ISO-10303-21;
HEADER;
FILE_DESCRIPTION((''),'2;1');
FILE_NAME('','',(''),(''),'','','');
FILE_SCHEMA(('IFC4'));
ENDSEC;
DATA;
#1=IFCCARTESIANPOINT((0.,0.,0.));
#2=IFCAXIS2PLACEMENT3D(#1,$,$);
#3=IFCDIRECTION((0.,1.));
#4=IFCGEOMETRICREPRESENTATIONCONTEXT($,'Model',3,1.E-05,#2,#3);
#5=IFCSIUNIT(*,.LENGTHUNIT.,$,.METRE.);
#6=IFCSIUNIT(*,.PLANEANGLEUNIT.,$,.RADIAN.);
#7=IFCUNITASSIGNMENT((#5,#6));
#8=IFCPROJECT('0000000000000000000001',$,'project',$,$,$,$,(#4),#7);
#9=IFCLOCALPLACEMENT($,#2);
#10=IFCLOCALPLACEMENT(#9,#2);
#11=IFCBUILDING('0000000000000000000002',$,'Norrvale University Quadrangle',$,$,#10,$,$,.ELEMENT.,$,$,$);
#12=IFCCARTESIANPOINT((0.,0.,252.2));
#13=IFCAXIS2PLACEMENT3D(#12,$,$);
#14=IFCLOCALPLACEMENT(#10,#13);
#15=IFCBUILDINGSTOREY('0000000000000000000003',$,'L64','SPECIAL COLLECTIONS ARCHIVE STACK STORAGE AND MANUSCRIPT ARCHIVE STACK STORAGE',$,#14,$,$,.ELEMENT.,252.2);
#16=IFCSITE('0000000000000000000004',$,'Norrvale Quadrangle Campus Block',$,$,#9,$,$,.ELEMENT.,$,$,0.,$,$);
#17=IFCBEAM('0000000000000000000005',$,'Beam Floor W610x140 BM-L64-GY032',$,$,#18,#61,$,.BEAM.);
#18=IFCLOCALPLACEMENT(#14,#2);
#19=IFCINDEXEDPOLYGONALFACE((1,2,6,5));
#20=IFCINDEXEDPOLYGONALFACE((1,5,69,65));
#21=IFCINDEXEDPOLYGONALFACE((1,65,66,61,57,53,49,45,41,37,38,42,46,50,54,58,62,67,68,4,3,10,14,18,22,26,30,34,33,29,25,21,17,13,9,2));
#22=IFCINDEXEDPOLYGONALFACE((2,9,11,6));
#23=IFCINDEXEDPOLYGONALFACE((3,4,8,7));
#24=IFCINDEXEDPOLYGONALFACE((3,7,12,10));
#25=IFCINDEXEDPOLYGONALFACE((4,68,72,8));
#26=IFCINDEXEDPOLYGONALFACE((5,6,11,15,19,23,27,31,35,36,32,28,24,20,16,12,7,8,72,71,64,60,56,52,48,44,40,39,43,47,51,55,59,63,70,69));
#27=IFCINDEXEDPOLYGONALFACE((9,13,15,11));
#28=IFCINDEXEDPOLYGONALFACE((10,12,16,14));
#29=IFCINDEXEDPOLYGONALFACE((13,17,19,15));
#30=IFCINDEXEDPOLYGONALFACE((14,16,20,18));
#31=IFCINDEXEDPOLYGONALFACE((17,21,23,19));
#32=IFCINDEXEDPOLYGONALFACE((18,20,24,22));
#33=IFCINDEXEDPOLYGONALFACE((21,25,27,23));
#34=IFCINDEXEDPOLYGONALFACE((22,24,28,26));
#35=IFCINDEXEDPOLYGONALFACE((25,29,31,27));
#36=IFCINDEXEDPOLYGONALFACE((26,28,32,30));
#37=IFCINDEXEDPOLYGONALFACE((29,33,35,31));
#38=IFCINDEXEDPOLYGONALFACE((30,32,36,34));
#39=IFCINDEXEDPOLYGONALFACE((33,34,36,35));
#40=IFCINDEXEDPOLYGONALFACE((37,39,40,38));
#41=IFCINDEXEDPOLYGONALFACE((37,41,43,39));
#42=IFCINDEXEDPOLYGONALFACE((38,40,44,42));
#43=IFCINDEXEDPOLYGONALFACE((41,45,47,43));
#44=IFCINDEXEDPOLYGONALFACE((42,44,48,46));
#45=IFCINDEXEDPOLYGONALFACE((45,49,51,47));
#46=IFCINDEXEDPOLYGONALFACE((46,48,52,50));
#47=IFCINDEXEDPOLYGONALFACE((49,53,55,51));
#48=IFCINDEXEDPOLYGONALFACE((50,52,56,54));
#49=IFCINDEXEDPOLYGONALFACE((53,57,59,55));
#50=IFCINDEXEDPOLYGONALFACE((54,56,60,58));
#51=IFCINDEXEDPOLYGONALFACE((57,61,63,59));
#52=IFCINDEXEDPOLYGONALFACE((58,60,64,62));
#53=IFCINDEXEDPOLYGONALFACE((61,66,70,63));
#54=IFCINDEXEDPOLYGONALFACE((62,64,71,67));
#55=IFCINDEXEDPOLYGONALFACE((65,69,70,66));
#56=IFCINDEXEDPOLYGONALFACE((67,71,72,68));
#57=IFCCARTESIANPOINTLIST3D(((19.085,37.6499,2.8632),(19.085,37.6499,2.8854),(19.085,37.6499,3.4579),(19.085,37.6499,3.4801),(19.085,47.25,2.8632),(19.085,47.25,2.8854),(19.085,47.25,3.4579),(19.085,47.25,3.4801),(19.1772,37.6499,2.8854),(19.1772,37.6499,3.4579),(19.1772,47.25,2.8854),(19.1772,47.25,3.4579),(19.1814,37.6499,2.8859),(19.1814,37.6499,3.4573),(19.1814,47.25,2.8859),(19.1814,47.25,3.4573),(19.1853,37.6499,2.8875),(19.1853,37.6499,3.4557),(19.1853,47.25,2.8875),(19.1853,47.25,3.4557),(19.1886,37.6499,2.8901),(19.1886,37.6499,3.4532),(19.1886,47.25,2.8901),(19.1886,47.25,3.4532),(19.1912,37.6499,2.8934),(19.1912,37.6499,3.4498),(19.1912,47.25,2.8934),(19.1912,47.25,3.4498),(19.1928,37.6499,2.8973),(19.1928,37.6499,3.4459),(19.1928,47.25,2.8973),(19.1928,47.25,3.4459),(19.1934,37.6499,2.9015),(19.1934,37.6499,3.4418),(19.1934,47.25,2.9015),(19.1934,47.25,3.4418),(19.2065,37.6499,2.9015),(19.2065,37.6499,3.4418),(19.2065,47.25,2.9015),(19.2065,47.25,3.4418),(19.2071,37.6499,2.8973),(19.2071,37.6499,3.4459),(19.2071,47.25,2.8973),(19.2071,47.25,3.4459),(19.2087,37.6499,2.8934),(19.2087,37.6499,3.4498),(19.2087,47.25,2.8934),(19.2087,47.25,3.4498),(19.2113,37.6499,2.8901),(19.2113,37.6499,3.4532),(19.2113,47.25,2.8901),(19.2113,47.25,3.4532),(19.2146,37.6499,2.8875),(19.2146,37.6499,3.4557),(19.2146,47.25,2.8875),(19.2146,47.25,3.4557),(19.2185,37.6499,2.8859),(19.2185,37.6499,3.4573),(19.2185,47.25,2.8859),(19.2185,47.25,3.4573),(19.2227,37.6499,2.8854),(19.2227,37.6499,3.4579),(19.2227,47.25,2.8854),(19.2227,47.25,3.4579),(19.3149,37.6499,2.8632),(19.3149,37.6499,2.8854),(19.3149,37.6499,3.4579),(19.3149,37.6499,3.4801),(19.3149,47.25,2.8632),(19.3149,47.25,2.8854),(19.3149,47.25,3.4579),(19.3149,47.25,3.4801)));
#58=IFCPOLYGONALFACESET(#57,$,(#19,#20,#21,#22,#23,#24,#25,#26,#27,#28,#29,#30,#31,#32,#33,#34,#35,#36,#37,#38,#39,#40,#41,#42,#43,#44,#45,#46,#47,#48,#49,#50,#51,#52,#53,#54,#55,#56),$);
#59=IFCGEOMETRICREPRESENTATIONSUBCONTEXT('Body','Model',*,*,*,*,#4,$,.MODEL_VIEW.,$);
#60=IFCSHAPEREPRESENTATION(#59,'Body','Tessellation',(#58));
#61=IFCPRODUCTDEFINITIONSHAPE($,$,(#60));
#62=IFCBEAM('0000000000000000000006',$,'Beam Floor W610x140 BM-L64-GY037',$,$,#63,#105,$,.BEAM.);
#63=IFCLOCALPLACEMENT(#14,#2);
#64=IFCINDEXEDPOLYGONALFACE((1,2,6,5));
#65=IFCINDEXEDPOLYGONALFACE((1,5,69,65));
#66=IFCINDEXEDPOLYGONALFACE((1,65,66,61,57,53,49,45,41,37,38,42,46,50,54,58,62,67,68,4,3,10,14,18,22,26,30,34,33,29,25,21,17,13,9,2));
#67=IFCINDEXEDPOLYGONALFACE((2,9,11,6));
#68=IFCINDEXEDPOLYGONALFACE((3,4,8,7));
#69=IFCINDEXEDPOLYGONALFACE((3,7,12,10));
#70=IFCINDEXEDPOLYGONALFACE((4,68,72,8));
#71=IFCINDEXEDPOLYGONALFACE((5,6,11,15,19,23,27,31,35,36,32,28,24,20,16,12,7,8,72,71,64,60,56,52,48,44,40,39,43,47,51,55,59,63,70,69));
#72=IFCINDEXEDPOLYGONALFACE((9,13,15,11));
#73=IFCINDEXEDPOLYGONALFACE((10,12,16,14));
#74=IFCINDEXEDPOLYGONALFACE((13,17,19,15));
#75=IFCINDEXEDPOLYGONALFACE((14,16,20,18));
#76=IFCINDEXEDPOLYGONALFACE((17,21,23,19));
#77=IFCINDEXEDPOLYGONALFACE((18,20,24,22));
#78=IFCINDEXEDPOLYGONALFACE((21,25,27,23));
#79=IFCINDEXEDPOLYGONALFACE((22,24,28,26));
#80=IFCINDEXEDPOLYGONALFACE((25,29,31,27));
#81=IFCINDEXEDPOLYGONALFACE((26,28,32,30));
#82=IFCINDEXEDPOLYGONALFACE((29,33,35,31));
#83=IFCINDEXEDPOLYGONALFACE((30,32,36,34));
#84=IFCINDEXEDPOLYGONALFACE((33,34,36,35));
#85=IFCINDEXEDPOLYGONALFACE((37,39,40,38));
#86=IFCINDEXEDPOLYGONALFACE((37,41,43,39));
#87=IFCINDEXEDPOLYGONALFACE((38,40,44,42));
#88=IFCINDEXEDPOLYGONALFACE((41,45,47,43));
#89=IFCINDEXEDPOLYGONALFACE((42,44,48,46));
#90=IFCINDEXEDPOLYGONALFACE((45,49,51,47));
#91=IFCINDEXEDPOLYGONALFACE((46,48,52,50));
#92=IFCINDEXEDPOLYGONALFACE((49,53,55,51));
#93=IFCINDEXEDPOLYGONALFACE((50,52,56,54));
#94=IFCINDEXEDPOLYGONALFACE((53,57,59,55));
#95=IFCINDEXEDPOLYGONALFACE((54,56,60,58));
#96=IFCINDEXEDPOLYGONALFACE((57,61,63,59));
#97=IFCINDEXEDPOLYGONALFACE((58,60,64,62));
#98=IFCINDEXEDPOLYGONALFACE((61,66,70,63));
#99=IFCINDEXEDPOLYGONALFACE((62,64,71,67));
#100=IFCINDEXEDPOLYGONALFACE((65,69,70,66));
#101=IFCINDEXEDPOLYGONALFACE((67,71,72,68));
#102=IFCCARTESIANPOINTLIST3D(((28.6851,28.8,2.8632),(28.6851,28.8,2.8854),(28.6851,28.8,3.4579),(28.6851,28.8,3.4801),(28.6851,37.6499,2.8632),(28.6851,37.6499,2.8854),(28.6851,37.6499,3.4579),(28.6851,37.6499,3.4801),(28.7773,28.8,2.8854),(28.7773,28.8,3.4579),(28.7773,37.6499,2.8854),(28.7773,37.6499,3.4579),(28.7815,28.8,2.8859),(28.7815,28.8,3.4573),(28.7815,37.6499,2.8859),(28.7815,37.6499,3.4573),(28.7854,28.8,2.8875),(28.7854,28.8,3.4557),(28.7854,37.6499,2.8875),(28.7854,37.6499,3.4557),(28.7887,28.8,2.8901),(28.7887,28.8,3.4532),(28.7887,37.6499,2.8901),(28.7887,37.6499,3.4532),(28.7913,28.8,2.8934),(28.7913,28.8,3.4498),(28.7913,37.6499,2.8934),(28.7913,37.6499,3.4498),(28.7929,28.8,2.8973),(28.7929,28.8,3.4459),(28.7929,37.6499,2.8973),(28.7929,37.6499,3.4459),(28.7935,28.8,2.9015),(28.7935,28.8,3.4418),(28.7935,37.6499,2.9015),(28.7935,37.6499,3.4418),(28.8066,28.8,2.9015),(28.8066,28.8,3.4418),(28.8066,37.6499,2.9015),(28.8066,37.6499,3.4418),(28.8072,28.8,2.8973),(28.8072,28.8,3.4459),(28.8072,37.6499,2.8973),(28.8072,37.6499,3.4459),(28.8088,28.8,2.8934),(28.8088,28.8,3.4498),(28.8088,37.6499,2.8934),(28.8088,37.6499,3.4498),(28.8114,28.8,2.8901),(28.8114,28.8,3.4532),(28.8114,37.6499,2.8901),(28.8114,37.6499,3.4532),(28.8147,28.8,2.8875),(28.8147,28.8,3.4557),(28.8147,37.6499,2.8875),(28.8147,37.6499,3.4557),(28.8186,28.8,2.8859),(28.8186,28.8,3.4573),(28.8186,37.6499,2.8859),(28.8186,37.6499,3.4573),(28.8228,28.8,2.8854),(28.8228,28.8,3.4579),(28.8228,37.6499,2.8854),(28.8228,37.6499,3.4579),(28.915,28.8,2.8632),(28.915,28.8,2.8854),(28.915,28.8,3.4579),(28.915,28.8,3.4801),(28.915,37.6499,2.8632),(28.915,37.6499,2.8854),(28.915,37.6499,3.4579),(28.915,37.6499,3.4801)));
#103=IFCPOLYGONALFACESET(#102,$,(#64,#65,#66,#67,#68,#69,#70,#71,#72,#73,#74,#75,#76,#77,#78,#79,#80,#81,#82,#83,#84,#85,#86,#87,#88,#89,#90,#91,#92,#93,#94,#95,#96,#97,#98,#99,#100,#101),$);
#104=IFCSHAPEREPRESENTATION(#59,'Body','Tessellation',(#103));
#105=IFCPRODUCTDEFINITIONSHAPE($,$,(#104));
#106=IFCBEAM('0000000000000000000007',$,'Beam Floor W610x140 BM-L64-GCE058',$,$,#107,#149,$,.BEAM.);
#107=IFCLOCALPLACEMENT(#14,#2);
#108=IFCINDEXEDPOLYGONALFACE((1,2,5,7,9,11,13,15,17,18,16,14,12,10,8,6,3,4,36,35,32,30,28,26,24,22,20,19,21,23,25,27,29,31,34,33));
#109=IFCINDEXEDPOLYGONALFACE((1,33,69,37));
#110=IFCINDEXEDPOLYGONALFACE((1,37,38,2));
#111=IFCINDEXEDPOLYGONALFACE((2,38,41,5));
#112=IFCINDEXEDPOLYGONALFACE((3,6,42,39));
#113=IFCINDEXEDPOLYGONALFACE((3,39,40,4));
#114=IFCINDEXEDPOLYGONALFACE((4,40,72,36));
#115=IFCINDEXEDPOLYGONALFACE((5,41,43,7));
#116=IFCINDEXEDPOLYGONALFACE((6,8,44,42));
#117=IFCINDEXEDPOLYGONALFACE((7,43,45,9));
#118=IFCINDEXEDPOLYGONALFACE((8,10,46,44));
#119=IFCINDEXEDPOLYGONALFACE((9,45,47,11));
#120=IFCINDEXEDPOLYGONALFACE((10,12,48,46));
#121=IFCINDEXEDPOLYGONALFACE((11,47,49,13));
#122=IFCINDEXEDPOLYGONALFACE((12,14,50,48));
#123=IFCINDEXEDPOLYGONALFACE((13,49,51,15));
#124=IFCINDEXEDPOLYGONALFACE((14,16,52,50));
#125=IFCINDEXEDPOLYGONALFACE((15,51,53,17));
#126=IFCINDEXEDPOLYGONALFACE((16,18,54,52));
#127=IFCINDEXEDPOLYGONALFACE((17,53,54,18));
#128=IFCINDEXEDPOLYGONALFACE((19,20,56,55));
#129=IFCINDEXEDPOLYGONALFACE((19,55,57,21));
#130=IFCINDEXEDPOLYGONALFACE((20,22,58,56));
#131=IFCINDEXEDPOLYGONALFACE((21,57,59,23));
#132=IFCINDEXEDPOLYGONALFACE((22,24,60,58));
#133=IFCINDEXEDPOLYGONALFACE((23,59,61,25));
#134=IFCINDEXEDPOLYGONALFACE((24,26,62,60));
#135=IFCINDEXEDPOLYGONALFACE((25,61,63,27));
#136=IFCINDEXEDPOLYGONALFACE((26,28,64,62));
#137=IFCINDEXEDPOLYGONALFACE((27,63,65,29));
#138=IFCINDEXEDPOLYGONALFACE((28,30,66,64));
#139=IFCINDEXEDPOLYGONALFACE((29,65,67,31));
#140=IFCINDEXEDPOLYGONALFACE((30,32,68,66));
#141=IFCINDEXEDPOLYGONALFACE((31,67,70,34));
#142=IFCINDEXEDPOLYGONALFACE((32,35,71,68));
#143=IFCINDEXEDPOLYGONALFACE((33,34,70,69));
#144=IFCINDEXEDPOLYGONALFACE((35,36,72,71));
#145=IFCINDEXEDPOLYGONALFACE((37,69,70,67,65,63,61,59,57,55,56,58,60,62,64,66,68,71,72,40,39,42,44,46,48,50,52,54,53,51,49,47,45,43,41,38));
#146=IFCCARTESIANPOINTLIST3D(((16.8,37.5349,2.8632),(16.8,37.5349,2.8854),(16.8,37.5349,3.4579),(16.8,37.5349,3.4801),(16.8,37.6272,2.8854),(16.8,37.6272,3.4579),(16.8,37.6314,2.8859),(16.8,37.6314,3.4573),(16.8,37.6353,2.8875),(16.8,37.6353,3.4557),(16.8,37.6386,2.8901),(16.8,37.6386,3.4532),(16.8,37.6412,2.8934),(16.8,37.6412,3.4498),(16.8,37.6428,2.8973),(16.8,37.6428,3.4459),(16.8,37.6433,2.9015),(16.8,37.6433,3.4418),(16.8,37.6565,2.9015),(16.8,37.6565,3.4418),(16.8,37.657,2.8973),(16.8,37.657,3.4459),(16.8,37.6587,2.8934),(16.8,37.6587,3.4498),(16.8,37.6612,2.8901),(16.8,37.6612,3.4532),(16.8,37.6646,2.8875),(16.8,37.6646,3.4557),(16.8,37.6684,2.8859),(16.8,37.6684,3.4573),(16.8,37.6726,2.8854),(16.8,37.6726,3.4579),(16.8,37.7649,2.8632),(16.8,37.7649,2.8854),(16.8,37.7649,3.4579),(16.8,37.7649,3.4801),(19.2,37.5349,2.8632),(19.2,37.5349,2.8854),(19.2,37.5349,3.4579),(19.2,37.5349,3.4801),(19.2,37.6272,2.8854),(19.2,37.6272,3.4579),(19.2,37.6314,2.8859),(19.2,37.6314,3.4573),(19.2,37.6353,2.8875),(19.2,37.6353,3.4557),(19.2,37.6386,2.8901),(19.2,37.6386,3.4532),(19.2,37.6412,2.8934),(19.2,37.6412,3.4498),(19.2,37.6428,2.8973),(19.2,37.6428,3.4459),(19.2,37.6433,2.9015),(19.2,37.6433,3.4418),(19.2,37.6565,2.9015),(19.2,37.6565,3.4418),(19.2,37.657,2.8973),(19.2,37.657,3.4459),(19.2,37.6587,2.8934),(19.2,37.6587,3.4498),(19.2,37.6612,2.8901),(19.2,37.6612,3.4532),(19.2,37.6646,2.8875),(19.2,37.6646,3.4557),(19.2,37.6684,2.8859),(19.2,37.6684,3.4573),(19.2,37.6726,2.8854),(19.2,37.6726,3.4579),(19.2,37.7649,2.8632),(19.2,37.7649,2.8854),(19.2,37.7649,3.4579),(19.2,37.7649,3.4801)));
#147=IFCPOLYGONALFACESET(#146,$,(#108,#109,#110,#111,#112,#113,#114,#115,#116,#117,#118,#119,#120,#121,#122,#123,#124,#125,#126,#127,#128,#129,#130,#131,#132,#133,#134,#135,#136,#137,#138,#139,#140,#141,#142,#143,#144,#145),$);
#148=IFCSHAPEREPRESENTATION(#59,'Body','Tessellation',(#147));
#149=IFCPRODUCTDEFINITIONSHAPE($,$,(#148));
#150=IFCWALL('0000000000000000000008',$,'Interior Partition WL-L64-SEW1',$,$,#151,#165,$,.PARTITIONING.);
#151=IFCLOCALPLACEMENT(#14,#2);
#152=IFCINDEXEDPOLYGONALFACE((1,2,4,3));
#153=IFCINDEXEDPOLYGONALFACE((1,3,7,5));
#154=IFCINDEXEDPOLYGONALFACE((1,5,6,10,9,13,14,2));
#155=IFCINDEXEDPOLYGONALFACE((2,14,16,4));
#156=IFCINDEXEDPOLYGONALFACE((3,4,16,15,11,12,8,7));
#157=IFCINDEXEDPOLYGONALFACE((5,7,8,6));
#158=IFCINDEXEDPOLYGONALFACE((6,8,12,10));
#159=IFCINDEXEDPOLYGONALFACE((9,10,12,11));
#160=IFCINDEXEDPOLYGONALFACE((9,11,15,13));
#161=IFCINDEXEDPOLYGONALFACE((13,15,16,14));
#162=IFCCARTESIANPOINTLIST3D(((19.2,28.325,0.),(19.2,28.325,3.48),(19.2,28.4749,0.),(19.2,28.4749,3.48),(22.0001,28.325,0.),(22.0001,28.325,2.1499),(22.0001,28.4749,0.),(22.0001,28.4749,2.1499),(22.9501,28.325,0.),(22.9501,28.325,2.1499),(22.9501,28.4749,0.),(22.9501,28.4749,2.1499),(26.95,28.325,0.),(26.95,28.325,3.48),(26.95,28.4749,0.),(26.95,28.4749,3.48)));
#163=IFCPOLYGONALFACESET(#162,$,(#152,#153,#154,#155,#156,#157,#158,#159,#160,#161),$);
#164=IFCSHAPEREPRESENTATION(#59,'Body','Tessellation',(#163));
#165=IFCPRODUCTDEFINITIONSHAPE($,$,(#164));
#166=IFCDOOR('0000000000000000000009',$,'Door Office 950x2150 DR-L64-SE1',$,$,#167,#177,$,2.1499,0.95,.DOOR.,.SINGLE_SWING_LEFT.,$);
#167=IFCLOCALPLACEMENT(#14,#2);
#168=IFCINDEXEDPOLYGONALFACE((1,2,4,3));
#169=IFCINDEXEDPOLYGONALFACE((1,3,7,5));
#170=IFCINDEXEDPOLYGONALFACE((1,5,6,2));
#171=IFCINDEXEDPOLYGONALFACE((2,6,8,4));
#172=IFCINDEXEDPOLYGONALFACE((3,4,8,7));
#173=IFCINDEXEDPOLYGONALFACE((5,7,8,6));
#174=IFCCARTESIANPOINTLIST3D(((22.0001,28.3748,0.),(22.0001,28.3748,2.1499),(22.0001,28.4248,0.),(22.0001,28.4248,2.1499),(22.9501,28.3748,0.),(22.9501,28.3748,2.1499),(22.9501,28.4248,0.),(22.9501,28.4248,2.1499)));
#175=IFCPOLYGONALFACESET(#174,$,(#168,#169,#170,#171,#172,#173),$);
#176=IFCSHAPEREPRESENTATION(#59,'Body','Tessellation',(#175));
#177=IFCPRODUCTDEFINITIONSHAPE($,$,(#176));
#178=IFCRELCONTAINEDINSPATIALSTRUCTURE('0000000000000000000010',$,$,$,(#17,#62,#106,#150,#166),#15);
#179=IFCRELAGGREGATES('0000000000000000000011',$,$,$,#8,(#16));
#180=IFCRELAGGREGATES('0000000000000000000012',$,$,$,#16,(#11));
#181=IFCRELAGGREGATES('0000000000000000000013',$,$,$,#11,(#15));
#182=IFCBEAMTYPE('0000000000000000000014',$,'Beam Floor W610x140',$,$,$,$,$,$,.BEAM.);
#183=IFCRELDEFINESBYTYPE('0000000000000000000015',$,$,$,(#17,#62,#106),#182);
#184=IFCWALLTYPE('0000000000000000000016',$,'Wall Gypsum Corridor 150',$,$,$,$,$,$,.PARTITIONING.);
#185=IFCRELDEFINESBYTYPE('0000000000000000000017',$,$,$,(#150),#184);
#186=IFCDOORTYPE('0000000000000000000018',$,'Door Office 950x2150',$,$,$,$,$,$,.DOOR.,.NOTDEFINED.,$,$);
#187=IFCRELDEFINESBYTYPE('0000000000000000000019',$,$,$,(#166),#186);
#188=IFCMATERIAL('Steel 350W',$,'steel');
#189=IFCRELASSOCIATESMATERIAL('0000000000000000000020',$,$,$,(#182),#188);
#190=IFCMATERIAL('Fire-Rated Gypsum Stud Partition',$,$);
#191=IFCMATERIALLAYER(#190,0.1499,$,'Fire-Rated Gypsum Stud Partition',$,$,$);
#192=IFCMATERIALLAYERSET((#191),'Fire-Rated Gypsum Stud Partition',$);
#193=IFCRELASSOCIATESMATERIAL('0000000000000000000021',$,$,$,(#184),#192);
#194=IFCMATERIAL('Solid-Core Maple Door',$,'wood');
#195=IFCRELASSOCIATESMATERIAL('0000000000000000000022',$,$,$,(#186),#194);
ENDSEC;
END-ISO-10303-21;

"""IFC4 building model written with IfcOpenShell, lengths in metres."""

from ifc_helpers import new_model, si_unit, direction, frame, frame_2d, origin, origin_2d, place, context, subcontext, project, spatial, rectangle, i_section, extrude, material, layer, layer_set, material_profile, profile_set, type_object, element, fill, save


model = new_model("IFC4")

# Units and contexts
model_context = context("Model", 3, precision=1e-05, world=origin(), true_north=direction((0.0, 1.0)))
body_context = subcontext(model_context, "Body", "Model", "MODEL_VIEW")
ifc_project = project(units=[si_unit("LENGTHUNIT", "METRE"), si_unit("PLANEANGLEUNIT", "RADIAN")], contexts=[model_context])

# Site, building, storey
site_placement = place(None, origin())
site = spatial("IfcSite", under=ifc_project, at=site_placement, Name="Norrvale Quadrangle Campus Block", CompositionType="ELEMENT", RefElevation=0.0)
building_placement = place(site_placement, origin())
building = spatial("IfcBuilding", under=site, at=building_placement, Name="Norrvale University Quadrangle", CompositionType="ELEMENT")
storey_placement = place(building_placement, frame((0.0, 0.0, 252.2)))
storey = spatial("IfcBuildingStorey", under=building, at=storey_placement, Name="L64", Description="SPECIAL COLLECTIONS ARCHIVE STACK STORAGE AND MANUSCRIPT ARCHIVE STACK STORAGE", CompositionType="ELEMENT", Elevation=252.2)

# Beams
ifc_material_1 = material(Name="Steel 350W", Category="steel")
ifc_material_profile_1 = material_profile(ifc_material_1, i_section(OverallWidth=0.23, OverallDepth=0.6169, WebThickness=0.0132, FlangeThickness=0.0222, FilletRadius=0.0161, at=origin_2d()), Name="Steel 350W")
ifc_profile_set_1 = profile_set([ifc_material_profile_1], Name="Steel 350W")
beam_type_1 = type_object("IfcBeamType", Name="Beam Floor W610x140", PredefinedType="BEAM", material=ifc_profile_set_1)
beam_1_placement = place(storey_placement, frame((19.2, 37.6499, 3.1716), z_axis=(0.0, 1.0, 0.0), x_axis=(-1.0, 0.0, 0.0)))
element("IfcBeam", 1, at=beam_1_placement, inside=storey, type_object=beam_type_1, Name="Beam Floor W610x140 BM-L64-GY032", PredefinedType="BEAM", context=body_context, shape_type="SweptSolid", body=[
    extrude(i_section(OverallWidth=0.23, OverallDepth=0.6169, WebThickness=0.0132, FlangeThickness=0.0222, FilletRadius=0.0161, at=origin_2d()), origin(), (0.0, 0.0, 1.0), 9.6001),
])
beam_2_placement = place(storey_placement, frame((28.8, 28.8, 3.1716), z_axis=(0.0, 1.0, 0.0), x_axis=(-1.0, 0.0, 0.0)))
element("IfcBeam", 2, at=beam_2_placement, inside=storey, type_object=beam_type_1, Name="Beam Floor W610x140 BM-L64-GY037", PredefinedType="BEAM", context=body_context, shape_type="SweptSolid", body=[
    extrude(i_section(OverallWidth=0.23, OverallDepth=0.6169, WebThickness=0.0132, FlangeThickness=0.0222, FilletRadius=0.0161, at=origin_2d()), origin(), (0.0, 0.0, 1.0), 8.8499),
])
beam_3_placement = place(storey_placement, frame((16.8, 37.6499, 3.1716), z_axis=(1.0, 0.0, 0.0), x_axis=(0.0, 1.0, 0.0)))
element("IfcBeam", 3, at=beam_3_placement, inside=storey, type_object=beam_type_1, Name="Beam Floor W610x140 BM-L64-GCE058", PredefinedType="BEAM", context=body_context, shape_type="SweptSolid", body=[
    extrude(i_section(OverallWidth=0.23, OverallDepth=0.6169, WebThickness=0.0132, FlangeThickness=0.0222, FilletRadius=0.0161, at=origin_2d()), origin(), (0.0, 0.0, 1.0), 2.3999),
])

# Wall, opening, door
ifc_material_2 = material(Name="Fire-Rated Gypsum Stud Partition")
ifc_layer_1 = layer(ifc_material_2, 0.1499, Name="Fire-Rated Gypsum Stud Partition")
ifc_layer_set_1 = layer_set([ifc_layer_1], Name="Fire-Rated Gypsum Stud Partition")
wall_type_1 = type_object("IfcWallType", Name="Wall Gypsum Corridor 150", PredefinedType="PARTITIONING", material=ifc_layer_set_1)
wall_1_placement = place(storey_placement, frame((19.2, 28.3999, 0.0), z_axis=(0.0, 0.0, 1.0), x_axis=(1.0, 0.0, 0.0)))
wall_1 = element("IfcWall", 4, at=wall_1_placement, inside=storey, type_object=wall_type_1, Name="Interior Partition WL-L64-SEW1", PredefinedType="PARTITIONING", context=body_context, shape_type="SweptSolid", body=[
    extrude(rectangle(XDim=7.75, YDim=0.1499, at=frame_2d((3.875, 0.0))), origin(), (0.0, 0.0, 1.0), 3.48),
])
opening_1_placement = place(wall_1_placement, frame((2.8, 0.0, 0.0)))
opening_1 = element("IfcOpeningElement", 5, at=opening_1_placement, cuts=wall_1, PredefinedType="OPENING", context=body_context, shape_type="SweptSolid", body=[
    extrude(rectangle(XDim=0.95, YDim=2.1499, at=frame_2d((0.4751, 1.075))), frame((0.0, 0.0869, 0.0), z_axis=(0.0, -1.0, 0.0), x_axis=(1.0, 0.0, 0.0)), (0.0, 0.0, 1.0), 0.1738),
])
ifc_material_3 = material(Name="Solid-Core Maple Door", Category="wood")
door_type_1 = type_object("IfcDoorType", Name="Door Office 950x2150", OperationType="NOTDEFINED", PredefinedType="DOOR", material=ifc_material_3)
door_1_placement = place(opening_1_placement, origin())
door_1 = element("IfcDoor", 6, at=door_1_placement, inside=storey, type_object=door_type_1, Name="Door Office 950x2150 DR-L64-SE1", OperationType="SINGLE_SWING_LEFT", OverallHeight=2.1499, OverallWidth=0.95, PredefinedType="DOOR", context=body_context, shape_type="SweptSolid", body=[
    extrude(rectangle(XDim=0.95, YDim=2.1499, at=frame_2d((0.4751, 1.075))), frame((0.0, 0.0249, 0.0), z_axis=(0.0, -1.0, 0.0), x_axis=(1.0, 0.0, 0.0)), (0.0, 0.0, 1.0), 0.05),
])
fill(opening_1, door_1)

save(model, "model.ifc")
